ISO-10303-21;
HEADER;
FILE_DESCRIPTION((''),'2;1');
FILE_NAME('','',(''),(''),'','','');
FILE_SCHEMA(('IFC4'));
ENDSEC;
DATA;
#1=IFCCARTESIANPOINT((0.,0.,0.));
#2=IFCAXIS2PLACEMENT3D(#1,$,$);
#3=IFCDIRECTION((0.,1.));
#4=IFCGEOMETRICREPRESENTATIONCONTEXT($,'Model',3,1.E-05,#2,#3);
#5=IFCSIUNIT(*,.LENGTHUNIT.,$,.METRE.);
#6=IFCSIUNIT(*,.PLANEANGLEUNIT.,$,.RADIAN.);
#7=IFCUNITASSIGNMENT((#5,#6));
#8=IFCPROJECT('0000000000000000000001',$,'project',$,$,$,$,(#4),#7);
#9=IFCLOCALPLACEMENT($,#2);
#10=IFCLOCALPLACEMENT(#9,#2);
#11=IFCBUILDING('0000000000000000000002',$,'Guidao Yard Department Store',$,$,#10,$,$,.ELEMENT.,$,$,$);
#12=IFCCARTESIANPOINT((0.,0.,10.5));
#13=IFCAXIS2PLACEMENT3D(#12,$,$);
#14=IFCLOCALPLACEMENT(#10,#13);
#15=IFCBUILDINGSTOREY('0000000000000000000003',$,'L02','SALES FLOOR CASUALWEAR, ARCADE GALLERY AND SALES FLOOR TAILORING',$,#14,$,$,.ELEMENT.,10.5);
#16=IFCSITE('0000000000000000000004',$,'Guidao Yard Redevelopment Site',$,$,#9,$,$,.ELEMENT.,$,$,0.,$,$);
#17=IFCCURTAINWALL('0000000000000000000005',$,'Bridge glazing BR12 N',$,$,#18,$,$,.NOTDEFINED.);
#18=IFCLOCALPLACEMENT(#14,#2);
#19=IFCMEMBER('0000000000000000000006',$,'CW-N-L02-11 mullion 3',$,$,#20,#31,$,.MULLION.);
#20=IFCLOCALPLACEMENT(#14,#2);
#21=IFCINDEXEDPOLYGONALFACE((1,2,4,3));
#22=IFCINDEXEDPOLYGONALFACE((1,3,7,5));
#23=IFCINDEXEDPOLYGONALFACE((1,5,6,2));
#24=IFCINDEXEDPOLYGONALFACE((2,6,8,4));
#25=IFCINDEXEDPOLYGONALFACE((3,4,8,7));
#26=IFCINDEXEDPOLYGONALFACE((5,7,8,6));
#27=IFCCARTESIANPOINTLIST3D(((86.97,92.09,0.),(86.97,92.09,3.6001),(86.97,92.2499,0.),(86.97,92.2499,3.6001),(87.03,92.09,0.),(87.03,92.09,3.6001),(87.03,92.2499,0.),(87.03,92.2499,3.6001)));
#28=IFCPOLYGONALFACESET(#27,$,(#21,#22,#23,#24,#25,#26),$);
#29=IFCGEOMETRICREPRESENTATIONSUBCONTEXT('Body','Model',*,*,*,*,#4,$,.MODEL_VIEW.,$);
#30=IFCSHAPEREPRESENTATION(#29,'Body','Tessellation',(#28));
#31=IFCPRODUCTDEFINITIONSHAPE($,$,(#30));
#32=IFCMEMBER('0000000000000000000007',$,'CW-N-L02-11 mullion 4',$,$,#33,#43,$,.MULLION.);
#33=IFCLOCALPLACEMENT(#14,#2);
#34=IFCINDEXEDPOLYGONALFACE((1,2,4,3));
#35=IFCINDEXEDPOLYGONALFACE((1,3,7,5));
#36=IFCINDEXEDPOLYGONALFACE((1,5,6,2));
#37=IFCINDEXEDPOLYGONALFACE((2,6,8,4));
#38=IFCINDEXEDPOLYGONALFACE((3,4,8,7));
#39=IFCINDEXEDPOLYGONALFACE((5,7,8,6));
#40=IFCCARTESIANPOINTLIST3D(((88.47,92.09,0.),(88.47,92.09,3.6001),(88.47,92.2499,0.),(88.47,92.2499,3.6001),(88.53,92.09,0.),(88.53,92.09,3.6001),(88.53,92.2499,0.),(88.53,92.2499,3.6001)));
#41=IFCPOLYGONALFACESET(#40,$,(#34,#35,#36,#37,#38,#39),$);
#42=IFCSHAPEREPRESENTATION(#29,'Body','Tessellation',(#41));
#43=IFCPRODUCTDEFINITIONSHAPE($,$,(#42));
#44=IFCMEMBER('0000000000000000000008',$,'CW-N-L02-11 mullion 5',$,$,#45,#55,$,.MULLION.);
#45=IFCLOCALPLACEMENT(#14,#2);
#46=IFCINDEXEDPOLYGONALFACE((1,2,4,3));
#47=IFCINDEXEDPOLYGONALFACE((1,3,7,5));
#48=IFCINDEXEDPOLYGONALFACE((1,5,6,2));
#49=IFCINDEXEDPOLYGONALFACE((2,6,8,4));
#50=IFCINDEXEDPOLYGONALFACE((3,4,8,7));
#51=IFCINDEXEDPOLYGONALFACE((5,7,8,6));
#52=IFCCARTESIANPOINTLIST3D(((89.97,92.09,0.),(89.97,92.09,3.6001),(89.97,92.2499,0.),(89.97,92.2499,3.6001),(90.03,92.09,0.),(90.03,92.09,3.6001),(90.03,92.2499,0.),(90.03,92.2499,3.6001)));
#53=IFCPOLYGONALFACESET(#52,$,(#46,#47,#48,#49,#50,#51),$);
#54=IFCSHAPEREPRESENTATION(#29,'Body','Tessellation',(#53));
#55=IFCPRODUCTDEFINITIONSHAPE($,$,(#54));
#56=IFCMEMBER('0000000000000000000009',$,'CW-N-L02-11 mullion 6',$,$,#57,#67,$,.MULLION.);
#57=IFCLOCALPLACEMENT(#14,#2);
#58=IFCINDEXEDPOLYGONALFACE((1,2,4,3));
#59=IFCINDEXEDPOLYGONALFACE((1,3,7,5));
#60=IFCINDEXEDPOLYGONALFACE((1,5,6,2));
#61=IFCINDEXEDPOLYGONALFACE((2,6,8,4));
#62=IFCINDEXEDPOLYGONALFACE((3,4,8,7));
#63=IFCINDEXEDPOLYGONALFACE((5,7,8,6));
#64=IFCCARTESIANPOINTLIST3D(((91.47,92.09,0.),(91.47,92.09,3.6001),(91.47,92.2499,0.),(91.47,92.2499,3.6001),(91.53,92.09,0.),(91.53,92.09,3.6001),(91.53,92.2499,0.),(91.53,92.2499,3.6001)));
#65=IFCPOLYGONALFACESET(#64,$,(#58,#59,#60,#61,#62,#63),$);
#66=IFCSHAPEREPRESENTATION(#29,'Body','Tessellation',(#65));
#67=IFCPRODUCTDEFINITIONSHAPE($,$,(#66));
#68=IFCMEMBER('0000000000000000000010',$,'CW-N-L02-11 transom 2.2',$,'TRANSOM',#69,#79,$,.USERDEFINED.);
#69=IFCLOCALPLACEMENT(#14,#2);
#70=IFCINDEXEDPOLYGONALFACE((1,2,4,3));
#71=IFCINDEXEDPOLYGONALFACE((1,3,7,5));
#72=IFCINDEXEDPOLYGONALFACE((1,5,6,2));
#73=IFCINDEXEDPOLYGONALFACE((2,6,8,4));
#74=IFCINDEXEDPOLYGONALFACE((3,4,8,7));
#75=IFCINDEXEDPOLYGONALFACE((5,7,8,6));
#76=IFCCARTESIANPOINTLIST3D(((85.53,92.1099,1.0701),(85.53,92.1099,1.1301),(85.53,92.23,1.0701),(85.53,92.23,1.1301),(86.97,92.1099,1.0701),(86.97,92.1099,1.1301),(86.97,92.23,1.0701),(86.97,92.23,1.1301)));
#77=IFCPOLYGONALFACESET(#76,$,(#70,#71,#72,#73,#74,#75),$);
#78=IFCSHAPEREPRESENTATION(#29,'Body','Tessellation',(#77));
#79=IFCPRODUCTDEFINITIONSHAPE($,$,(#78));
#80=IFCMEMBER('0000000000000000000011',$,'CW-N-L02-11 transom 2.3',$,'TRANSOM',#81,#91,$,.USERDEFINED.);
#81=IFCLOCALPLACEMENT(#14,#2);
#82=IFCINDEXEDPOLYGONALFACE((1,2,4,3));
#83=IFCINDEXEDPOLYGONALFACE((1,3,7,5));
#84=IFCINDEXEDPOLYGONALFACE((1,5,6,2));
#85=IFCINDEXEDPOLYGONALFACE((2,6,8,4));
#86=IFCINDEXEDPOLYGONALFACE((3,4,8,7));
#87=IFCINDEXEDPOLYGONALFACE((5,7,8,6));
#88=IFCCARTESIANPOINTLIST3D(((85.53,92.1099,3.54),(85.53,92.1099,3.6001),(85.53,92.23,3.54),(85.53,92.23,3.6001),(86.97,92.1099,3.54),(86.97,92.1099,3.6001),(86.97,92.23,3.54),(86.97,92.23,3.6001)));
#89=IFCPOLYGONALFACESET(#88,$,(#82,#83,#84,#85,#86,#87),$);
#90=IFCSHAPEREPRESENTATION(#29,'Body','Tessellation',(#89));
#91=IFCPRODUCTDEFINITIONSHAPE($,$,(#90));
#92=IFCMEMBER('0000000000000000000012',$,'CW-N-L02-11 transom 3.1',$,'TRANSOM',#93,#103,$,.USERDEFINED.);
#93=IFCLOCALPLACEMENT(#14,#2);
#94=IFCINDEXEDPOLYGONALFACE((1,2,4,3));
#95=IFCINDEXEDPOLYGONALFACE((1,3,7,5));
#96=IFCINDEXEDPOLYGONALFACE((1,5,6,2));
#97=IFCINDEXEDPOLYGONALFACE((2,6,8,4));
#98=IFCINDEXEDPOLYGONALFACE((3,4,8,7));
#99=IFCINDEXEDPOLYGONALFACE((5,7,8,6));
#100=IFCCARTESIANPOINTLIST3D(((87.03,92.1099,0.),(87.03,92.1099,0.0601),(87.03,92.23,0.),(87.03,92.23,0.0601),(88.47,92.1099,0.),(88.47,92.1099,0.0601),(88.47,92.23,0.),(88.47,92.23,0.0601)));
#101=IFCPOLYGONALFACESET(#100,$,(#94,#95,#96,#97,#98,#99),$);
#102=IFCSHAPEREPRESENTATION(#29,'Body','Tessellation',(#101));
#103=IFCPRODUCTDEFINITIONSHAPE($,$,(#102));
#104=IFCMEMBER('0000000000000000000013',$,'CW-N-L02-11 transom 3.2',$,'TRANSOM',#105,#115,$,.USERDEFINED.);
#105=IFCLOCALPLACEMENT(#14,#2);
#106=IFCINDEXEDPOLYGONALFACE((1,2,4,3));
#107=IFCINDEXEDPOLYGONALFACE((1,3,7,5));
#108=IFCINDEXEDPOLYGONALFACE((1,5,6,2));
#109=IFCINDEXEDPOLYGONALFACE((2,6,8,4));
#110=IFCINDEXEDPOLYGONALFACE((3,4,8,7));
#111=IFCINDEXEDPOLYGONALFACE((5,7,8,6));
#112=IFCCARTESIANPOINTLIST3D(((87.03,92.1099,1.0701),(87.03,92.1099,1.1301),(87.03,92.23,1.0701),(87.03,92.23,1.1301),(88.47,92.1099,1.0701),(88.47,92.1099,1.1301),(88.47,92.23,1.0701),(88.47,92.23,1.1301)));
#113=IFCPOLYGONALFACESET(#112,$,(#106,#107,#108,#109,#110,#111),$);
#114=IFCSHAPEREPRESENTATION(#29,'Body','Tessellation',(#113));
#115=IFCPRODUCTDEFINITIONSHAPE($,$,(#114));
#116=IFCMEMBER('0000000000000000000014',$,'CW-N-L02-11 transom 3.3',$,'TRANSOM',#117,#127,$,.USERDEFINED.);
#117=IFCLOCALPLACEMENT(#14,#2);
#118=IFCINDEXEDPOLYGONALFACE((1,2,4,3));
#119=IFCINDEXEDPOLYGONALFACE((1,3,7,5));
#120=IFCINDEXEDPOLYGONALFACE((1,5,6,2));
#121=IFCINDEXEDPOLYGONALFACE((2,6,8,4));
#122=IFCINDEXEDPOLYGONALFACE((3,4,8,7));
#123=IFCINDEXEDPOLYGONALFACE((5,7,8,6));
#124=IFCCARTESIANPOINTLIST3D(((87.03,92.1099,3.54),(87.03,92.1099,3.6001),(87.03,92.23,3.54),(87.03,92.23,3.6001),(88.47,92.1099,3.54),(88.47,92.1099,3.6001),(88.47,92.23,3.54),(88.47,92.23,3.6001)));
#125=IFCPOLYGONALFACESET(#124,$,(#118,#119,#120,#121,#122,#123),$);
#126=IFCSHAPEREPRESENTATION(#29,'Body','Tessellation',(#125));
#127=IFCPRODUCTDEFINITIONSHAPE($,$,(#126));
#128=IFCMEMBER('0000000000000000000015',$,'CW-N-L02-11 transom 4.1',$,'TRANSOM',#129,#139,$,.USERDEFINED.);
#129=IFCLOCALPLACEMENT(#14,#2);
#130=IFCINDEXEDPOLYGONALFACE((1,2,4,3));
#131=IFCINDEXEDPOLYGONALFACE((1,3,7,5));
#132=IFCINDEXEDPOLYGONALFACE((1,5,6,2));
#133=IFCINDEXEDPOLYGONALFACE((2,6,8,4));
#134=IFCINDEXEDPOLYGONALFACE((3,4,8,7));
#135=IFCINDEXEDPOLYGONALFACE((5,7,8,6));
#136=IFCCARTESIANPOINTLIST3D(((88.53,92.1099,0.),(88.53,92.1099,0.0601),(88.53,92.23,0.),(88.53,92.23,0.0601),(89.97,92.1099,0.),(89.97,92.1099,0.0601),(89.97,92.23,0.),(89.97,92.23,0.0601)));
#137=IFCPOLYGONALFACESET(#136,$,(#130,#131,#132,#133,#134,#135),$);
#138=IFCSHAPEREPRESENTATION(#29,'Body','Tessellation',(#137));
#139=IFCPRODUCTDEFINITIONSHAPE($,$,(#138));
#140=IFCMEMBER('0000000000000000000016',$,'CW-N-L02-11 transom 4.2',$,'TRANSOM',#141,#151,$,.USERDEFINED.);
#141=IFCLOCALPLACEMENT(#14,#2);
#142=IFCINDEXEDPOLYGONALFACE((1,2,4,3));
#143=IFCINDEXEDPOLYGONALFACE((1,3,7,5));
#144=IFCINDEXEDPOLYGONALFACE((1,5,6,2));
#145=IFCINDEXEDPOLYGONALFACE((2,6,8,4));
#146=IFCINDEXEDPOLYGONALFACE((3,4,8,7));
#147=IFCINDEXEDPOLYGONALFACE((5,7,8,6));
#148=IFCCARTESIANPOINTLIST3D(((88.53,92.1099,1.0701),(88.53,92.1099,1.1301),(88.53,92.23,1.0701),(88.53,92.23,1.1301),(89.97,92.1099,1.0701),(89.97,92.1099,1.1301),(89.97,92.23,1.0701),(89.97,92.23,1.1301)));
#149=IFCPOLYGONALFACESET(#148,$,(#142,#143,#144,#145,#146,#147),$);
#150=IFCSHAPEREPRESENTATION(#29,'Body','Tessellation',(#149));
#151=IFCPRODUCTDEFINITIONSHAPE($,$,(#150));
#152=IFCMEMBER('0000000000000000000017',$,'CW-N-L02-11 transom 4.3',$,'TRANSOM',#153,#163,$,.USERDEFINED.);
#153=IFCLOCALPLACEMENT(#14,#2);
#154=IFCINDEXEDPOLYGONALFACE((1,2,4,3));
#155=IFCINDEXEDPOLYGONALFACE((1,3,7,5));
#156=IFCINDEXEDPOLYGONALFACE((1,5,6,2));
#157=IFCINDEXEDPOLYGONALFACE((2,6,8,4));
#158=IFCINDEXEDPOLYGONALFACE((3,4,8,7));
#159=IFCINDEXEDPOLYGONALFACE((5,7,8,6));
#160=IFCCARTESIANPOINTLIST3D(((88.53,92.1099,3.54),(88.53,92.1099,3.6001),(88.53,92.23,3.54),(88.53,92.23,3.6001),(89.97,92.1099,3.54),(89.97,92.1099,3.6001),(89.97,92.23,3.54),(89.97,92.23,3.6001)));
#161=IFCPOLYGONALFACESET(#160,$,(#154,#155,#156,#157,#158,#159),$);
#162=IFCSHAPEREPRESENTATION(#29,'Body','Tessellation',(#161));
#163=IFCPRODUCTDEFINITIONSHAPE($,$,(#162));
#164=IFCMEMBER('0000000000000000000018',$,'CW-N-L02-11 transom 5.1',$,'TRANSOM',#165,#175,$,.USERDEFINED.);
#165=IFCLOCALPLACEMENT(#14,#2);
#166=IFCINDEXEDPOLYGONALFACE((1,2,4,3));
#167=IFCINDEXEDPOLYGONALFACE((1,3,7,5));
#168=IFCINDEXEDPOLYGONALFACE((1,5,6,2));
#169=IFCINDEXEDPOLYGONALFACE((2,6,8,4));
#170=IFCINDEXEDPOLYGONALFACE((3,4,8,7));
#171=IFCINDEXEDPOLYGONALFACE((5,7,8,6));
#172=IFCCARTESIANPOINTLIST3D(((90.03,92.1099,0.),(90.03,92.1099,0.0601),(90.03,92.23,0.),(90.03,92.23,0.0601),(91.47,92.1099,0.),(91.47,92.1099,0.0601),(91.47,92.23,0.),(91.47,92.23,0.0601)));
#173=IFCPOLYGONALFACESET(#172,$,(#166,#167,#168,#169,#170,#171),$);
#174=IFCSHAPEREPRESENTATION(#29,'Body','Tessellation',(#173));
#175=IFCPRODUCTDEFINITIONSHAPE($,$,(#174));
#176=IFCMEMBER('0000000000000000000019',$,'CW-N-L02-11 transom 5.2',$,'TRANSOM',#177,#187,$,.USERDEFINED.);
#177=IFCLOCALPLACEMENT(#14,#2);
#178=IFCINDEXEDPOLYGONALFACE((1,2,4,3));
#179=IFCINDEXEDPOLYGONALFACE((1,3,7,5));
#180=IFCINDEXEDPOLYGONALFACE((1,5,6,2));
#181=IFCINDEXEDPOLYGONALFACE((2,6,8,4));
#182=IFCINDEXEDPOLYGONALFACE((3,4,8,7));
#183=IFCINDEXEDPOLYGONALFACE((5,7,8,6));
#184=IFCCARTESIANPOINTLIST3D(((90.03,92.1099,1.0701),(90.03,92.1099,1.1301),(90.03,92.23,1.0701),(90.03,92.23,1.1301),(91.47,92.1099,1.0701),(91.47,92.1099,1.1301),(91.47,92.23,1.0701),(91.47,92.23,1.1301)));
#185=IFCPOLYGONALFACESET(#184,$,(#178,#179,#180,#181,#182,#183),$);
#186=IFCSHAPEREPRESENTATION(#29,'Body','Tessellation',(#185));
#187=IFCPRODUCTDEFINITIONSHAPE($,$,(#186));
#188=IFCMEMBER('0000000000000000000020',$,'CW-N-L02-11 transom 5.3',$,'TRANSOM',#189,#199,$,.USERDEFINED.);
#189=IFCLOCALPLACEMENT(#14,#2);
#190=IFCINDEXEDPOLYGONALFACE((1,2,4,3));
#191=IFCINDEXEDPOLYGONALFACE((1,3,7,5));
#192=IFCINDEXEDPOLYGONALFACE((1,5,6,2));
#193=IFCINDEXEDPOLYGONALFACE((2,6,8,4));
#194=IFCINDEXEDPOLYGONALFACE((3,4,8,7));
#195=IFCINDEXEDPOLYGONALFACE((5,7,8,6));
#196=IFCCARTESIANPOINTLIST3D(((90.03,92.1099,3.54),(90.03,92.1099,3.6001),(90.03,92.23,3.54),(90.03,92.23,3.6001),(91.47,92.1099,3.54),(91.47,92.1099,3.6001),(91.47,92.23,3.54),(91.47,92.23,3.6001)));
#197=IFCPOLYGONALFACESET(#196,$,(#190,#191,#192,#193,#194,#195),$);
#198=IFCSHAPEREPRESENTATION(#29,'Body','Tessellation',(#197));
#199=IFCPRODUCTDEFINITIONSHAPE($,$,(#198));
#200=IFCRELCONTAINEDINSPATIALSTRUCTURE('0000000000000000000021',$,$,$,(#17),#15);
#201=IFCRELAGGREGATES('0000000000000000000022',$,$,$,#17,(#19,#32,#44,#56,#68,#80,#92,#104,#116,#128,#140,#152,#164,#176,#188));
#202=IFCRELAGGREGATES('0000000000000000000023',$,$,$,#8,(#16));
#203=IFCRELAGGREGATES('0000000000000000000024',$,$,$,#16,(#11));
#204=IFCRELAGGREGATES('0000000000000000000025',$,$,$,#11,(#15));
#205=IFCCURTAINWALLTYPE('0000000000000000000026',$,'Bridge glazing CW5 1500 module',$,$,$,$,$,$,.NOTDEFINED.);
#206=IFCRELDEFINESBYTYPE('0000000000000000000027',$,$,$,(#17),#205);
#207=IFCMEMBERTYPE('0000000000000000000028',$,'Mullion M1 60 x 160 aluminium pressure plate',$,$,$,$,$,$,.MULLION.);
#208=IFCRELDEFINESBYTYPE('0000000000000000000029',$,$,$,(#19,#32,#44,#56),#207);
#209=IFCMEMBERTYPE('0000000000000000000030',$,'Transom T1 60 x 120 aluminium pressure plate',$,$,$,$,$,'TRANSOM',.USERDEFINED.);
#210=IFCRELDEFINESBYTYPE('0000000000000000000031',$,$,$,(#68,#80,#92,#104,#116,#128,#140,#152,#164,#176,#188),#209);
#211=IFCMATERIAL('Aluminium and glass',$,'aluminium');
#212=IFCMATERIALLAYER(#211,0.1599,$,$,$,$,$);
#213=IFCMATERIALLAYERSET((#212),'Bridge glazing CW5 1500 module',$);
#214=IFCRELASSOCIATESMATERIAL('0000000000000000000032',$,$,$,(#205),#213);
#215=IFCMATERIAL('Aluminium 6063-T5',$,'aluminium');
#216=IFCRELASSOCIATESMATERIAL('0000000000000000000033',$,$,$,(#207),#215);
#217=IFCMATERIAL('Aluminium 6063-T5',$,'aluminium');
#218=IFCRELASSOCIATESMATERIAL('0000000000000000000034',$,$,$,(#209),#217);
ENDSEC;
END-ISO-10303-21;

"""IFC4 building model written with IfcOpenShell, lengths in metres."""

from ifc_helpers import new_model, si_unit, direction, frame, origin, origin_2d, place, context, subcontext, project, spatial, rectangle, extrude, material, layer, layer_set, material_profile, profile_set, type_object, element, aggregate, save


model = new_model("IFC4")

# Units and contexts
model_context = context("Model", 3, precision=1e-05, world=origin(), true_north=direction((0.0, 1.0)))
body_context = subcontext(model_context, "Body", "Model", "MODEL_VIEW")
ifc_project = project(units=[si_unit("LENGTHUNIT", "METRE"), si_unit("PLANEANGLEUNIT", "RADIAN")], contexts=[model_context])

# Site, building, storey
site_placement = place(None, origin())
site = spatial("IfcSite", under=ifc_project, at=site_placement, Name="Guidao Yard Redevelopment Site", CompositionType="ELEMENT", RefElevation=0.0)
building_placement = place(site_placement, origin())
building = spatial("IfcBuilding", under=site, at=building_placement, Name="Guidao Yard Department Store", CompositionType="ELEMENT")
storey_placement = place(building_placement, frame((0.0, 0.0, 10.5)))
storey = spatial("IfcBuildingStorey", under=building, at=storey_placement, Name="L02", Description="SALES FLOOR CASUALWEAR, ARCADE GALLERY AND SALES FLOOR TAILORING", CompositionType="ELEMENT", Elevation=10.5)

# Curtain wall, members
ifc_material_1 = material(Name="Aluminium and glass", Category="aluminium")
ifc_layer_1 = layer(ifc_material_1, 0.1599)
ifc_layer_set_1 = layer_set([ifc_layer_1], Name="Bridge glazing CW5 1500 module")
curtain_wall_type = type_object("IfcCurtainWallType", Name="Bridge glazing CW5 1500 module", PredefinedType="NOTDEFINED", material=ifc_layer_set_1)
curtain_wall_placement = place(storey_placement, origin())
curtain_wall = element("IfcCurtainWall", 1, at=curtain_wall_placement, inside=storey, type_object=curtain_wall_type, Name="Bridge glazing BR12 N", PredefinedType="NOTDEFINED")
ifc_material_2 = material(Name="Aluminium 6063-T5", Category="aluminium")
ifc_material_profile_1 = material_profile(ifc_material_2, rectangle(XDim=0.0601, YDim=0.1599, at=origin_2d()), Name="Mullion M1 60 x 160 aluminium pressure plate")
ifc_profile_set_1 = profile_set([ifc_material_profile_1], Name="Aluminium 6063-T5")
member_type_1 = type_object("IfcMemberType", Name="Mullion M1 60 x 160 aluminium pressure plate", PredefinedType="MULLION", material=ifc_profile_set_1)
member_1_placement = place(storey_placement, frame((87.0, 92.1699, 0.0), z_axis=(0.0, 0.0, 1.0), x_axis=(1.0, 0.0, 0.0)))
member_1 = element("IfcMember", 2, at=member_1_placement, type_object=member_type_1, Name="CW-N-L02-11 mullion 3", PredefinedType="MULLION", context=body_context, shape_type="SweptSolid", body=[
    extrude(rectangle(XDim=0.0601, YDim=0.1599, at=origin_2d()), origin(), (0.0, 0.0, 1.0), 3.6001),
])
member_2_placement = place(storey_placement, frame((88.5, 92.1699, 0.0), z_axis=(0.0, 0.0, 1.0), x_axis=(1.0, 0.0, 0.0)))
member_2 = element("IfcMember", 3, at=member_2_placement, type_object=member_type_1, Name="CW-N-L02-11 mullion 4", PredefinedType="MULLION", context=body_context, shape_type="SweptSolid", body=[
    extrude(rectangle(XDim=0.0601, YDim=0.1599, at=origin_2d()), origin(), (0.0, 0.0, 1.0), 3.6001),
])
member_3_placement = place(storey_placement, frame((90.0, 92.1699, 0.0), z_axis=(0.0, 0.0, 1.0), x_axis=(1.0, 0.0, 0.0)))
member_3 = element("IfcMember", 4, at=member_3_placement, type_object=member_type_1, Name="CW-N-L02-11 mullion 5", PredefinedType="MULLION", context=body_context, shape_type="SweptSolid", body=[
    extrude(rectangle(XDim=0.0601, YDim=0.1599, at=origin_2d()), origin(), (0.0, 0.0, 1.0), 3.6001),
])
member_4_placement = place(storey_placement, frame((91.5, 92.1699, 0.0), z_axis=(0.0, 0.0, 1.0), x_axis=(1.0, 0.0, 0.0)))
member_4 = element("IfcMember", 5, at=member_4_placement, type_object=member_type_1, Name="CW-N-L02-11 mullion 6", PredefinedType="MULLION", context=body_context, shape_type="SweptSolid", body=[
    extrude(rectangle(XDim=0.0601, YDim=0.1599, at=origin_2d()), origin(), (0.0, 0.0, 1.0), 3.6001),
])
ifc_material_3 = material(Name="Aluminium 6063-T5", Category="aluminium")
ifc_material_profile_2 = material_profile(ifc_material_3, rectangle(XDim=0.1201, YDim=0.0601, at=origin_2d()), Name="Transom T1 60 x 120 aluminium pressure plate")
ifc_profile_set_2 = profile_set([ifc_material_profile_2], Name="Aluminium 6063-T5")
member_type_2 = type_object("IfcMemberType", Name="Transom T1 60 x 120 aluminium pressure plate", ElementType="TRANSOM", PredefinedType="USERDEFINED", material=ifc_profile_set_2)
member_5_placement = place(storey_placement, frame((85.53, 92.1699, 1.1001), z_axis=(1.0, 0.0, 0.0), x_axis=(0.0, 1.0, 0.0)))
member_5 = element("IfcMember", 6, at=member_5_placement, type_object=member_type_2, Name="CW-N-L02-11 transom 2.2", ObjectType="TRANSOM", PredefinedType="USERDEFINED", context=body_context, shape_type="SweptSolid", body=[
    extrude(rectangle(XDim=0.1201, YDim=0.0601, at=origin_2d()), origin(), (0.0, 0.0, 1.0), 1.4399),
])
member_6_placement = place(storey_placement, frame((85.53, 92.1699, 3.5701), z_axis=(1.0, 0.0, 0.0), x_axis=(0.0, 1.0, 0.0)))
member_6 = element("IfcMember", 7, at=member_6_placement, type_object=member_type_2, Name="CW-N-L02-11 transom 2.3", ObjectType="TRANSOM", PredefinedType="USERDEFINED", context=body_context, shape_type="SweptSolid", body=[
    extrude(rectangle(XDim=0.1201, YDim=0.0601, at=origin_2d()), origin(), (0.0, 0.0, 1.0), 1.4399),
])
member_7_placement = place(storey_placement, frame((87.03, 92.1699, 0.03), z_axis=(1.0, 0.0, 0.0), x_axis=(0.0, 1.0, 0.0)))
member_7 = element("IfcMember", 8, at=member_7_placement, type_object=member_type_2, Name="CW-N-L02-11 transom 3.1", ObjectType="TRANSOM", PredefinedType="USERDEFINED", context=body_context, shape_type="SweptSolid", body=[
    extrude(rectangle(XDim=0.1201, YDim=0.0601, at=origin_2d()), origin(), (0.0, 0.0, 1.0), 1.4399),
])
member_8_placement = place(storey_placement, frame((87.03, 92.1699, 1.1001), z_axis=(1.0, 0.0, 0.0), x_axis=(0.0, 1.0, 0.0)))
member_8 = element("IfcMember", 9, at=member_8_placement, type_object=member_type_2, Name="CW-N-L02-11 transom 3.2", ObjectType="TRANSOM", PredefinedType="USERDEFINED", context=body_context, shape_type="SweptSolid", body=[
    extrude(rectangle(XDim=0.1201, YDim=0.0601, at=origin_2d()), origin(), (0.0, 0.0, 1.0), 1.4399),
])
member_9_placement = place(storey_placement, frame((87.03, 92.1699, 3.5701), z_axis=(1.0, 0.0, 0.0), x_axis=(0.0, 1.0, 0.0)))
member_9 = element("IfcMember", 10, at=member_9_placement, type_object=member_type_2, Name="CW-N-L02-11 transom 3.3", ObjectType="TRANSOM", PredefinedType="USERDEFINED", context=body_context, shape_type="SweptSolid", body=[
    extrude(rectangle(XDim=0.1201, YDim=0.0601, at=origin_2d()), origin(), (0.0, 0.0, 1.0), 1.4399),
])
member_10_placement = place(storey_placement, frame((88.53, 92.1699, 0.03), z_axis=(1.0, 0.0, 0.0), x_axis=(0.0, 1.0, 0.0)))
member_10 = element("IfcMember", 11, at=member_10_placement, type_object=member_type_2, Name="CW-N-L02-11 transom 4.1", ObjectType="TRANSOM", PredefinedType="USERDEFINED", context=body_context, shape_type="SweptSolid", body=[
    extrude(rectangle(XDim=0.1201, YDim=0.0601, at=origin_2d()), origin(), (0.0, 0.0, 1.0), 1.4399),
])
member_11_placement = place(storey_placement, frame((88.53, 92.1699, 1.1001), z_axis=(1.0, 0.0, 0.0), x_axis=(0.0, 1.0, 0.0)))
member_11 = element("IfcMember", 12, at=member_11_placement, type_object=member_type_2, Name="CW-N-L02-11 transom 4.2", ObjectType="TRANSOM", PredefinedType="USERDEFINED", context=body_context, shape_type="SweptSolid", body=[
    extrude(rectangle(XDim=0.1201, YDim=0.0601, at=origin_2d()), origin(), (0.0, 0.0, 1.0), 1.4399),
])
member_12_placement = place(storey_placement, frame((88.53, 92.1699, 3.5701), z_axis=(1.0, 0.0, 0.0), x_axis=(0.0, 1.0, 0.0)))
member_12 = element("IfcMember", 13, at=member_12_placement, type_object=member_type_2, Name="CW-N-L02-11 transom 4.3", ObjectType="TRANSOM", PredefinedType="USERDEFINED", context=body_context, shape_type="SweptSolid", body=[
    extrude(rectangle(XDim=0.1201, YDim=0.0601, at=origin_2d()), origin(), (0.0, 0.0, 1.0), 1.4399),
])
member_13_placement = place(storey_placement, frame((90.03, 92.1699, 0.03), z_axis=(1.0, 0.0, 0.0), x_axis=(0.0, 1.0, 0.0)))
member_13 = element("IfcMember", 14, at=member_13_placement, type_object=member_type_2, Name="CW-N-L02-11 transom 5.1", ObjectType="TRANSOM", PredefinedType="USERDEFINED", context=body_context, shape_type="SweptSolid", body=[
    extrude(rectangle(XDim=0.1201, YDim=0.0601, at=origin_2d()), origin(), (0.0, 0.0, 1.0), 1.4399),
])
member_14_placement = place(storey_placement, frame((90.03, 92.1699, 1.1001), z_axis=(1.0, 0.0, 0.0), x_axis=(0.0, 1.0, 0.0)))
member_14 = element("IfcMember", 15, at=member_14_placement, type_object=member_type_2, Name="CW-N-L02-11 transom 5.2", ObjectType="TRANSOM", PredefinedType="USERDEFINED", context=body_context, shape_type="SweptSolid", body=[
    extrude(rectangle(XDim=0.1201, YDim=0.0601, at=origin_2d()), origin(), (0.0, 0.0, 1.0), 1.4399),
])
member_15_placement = place(storey_placement, frame((90.03, 92.1699, 3.5701), z_axis=(1.0, 0.0, 0.0), x_axis=(0.0, 1.0, 0.0)))
member_15 = element("IfcMember", 16, at=member_15_placement, type_object=member_type_2, Name="CW-N-L02-11 transom 5.3", ObjectType="TRANSOM", PredefinedType="USERDEFINED", context=body_context, shape_type="SweptSolid", body=[
    extrude(rectangle(XDim=0.1201, YDim=0.0601, at=origin_2d()), origin(), (0.0, 0.0, 1.0), 1.4399),
])
aggregate(curtain_wall, [member_1, member_2, member_3, member_4, member_5, member_6, member_7, member_8, member_9, member_10, member_11, member_12, member_13, member_14, member_15])

save(model, "model.ifc")
